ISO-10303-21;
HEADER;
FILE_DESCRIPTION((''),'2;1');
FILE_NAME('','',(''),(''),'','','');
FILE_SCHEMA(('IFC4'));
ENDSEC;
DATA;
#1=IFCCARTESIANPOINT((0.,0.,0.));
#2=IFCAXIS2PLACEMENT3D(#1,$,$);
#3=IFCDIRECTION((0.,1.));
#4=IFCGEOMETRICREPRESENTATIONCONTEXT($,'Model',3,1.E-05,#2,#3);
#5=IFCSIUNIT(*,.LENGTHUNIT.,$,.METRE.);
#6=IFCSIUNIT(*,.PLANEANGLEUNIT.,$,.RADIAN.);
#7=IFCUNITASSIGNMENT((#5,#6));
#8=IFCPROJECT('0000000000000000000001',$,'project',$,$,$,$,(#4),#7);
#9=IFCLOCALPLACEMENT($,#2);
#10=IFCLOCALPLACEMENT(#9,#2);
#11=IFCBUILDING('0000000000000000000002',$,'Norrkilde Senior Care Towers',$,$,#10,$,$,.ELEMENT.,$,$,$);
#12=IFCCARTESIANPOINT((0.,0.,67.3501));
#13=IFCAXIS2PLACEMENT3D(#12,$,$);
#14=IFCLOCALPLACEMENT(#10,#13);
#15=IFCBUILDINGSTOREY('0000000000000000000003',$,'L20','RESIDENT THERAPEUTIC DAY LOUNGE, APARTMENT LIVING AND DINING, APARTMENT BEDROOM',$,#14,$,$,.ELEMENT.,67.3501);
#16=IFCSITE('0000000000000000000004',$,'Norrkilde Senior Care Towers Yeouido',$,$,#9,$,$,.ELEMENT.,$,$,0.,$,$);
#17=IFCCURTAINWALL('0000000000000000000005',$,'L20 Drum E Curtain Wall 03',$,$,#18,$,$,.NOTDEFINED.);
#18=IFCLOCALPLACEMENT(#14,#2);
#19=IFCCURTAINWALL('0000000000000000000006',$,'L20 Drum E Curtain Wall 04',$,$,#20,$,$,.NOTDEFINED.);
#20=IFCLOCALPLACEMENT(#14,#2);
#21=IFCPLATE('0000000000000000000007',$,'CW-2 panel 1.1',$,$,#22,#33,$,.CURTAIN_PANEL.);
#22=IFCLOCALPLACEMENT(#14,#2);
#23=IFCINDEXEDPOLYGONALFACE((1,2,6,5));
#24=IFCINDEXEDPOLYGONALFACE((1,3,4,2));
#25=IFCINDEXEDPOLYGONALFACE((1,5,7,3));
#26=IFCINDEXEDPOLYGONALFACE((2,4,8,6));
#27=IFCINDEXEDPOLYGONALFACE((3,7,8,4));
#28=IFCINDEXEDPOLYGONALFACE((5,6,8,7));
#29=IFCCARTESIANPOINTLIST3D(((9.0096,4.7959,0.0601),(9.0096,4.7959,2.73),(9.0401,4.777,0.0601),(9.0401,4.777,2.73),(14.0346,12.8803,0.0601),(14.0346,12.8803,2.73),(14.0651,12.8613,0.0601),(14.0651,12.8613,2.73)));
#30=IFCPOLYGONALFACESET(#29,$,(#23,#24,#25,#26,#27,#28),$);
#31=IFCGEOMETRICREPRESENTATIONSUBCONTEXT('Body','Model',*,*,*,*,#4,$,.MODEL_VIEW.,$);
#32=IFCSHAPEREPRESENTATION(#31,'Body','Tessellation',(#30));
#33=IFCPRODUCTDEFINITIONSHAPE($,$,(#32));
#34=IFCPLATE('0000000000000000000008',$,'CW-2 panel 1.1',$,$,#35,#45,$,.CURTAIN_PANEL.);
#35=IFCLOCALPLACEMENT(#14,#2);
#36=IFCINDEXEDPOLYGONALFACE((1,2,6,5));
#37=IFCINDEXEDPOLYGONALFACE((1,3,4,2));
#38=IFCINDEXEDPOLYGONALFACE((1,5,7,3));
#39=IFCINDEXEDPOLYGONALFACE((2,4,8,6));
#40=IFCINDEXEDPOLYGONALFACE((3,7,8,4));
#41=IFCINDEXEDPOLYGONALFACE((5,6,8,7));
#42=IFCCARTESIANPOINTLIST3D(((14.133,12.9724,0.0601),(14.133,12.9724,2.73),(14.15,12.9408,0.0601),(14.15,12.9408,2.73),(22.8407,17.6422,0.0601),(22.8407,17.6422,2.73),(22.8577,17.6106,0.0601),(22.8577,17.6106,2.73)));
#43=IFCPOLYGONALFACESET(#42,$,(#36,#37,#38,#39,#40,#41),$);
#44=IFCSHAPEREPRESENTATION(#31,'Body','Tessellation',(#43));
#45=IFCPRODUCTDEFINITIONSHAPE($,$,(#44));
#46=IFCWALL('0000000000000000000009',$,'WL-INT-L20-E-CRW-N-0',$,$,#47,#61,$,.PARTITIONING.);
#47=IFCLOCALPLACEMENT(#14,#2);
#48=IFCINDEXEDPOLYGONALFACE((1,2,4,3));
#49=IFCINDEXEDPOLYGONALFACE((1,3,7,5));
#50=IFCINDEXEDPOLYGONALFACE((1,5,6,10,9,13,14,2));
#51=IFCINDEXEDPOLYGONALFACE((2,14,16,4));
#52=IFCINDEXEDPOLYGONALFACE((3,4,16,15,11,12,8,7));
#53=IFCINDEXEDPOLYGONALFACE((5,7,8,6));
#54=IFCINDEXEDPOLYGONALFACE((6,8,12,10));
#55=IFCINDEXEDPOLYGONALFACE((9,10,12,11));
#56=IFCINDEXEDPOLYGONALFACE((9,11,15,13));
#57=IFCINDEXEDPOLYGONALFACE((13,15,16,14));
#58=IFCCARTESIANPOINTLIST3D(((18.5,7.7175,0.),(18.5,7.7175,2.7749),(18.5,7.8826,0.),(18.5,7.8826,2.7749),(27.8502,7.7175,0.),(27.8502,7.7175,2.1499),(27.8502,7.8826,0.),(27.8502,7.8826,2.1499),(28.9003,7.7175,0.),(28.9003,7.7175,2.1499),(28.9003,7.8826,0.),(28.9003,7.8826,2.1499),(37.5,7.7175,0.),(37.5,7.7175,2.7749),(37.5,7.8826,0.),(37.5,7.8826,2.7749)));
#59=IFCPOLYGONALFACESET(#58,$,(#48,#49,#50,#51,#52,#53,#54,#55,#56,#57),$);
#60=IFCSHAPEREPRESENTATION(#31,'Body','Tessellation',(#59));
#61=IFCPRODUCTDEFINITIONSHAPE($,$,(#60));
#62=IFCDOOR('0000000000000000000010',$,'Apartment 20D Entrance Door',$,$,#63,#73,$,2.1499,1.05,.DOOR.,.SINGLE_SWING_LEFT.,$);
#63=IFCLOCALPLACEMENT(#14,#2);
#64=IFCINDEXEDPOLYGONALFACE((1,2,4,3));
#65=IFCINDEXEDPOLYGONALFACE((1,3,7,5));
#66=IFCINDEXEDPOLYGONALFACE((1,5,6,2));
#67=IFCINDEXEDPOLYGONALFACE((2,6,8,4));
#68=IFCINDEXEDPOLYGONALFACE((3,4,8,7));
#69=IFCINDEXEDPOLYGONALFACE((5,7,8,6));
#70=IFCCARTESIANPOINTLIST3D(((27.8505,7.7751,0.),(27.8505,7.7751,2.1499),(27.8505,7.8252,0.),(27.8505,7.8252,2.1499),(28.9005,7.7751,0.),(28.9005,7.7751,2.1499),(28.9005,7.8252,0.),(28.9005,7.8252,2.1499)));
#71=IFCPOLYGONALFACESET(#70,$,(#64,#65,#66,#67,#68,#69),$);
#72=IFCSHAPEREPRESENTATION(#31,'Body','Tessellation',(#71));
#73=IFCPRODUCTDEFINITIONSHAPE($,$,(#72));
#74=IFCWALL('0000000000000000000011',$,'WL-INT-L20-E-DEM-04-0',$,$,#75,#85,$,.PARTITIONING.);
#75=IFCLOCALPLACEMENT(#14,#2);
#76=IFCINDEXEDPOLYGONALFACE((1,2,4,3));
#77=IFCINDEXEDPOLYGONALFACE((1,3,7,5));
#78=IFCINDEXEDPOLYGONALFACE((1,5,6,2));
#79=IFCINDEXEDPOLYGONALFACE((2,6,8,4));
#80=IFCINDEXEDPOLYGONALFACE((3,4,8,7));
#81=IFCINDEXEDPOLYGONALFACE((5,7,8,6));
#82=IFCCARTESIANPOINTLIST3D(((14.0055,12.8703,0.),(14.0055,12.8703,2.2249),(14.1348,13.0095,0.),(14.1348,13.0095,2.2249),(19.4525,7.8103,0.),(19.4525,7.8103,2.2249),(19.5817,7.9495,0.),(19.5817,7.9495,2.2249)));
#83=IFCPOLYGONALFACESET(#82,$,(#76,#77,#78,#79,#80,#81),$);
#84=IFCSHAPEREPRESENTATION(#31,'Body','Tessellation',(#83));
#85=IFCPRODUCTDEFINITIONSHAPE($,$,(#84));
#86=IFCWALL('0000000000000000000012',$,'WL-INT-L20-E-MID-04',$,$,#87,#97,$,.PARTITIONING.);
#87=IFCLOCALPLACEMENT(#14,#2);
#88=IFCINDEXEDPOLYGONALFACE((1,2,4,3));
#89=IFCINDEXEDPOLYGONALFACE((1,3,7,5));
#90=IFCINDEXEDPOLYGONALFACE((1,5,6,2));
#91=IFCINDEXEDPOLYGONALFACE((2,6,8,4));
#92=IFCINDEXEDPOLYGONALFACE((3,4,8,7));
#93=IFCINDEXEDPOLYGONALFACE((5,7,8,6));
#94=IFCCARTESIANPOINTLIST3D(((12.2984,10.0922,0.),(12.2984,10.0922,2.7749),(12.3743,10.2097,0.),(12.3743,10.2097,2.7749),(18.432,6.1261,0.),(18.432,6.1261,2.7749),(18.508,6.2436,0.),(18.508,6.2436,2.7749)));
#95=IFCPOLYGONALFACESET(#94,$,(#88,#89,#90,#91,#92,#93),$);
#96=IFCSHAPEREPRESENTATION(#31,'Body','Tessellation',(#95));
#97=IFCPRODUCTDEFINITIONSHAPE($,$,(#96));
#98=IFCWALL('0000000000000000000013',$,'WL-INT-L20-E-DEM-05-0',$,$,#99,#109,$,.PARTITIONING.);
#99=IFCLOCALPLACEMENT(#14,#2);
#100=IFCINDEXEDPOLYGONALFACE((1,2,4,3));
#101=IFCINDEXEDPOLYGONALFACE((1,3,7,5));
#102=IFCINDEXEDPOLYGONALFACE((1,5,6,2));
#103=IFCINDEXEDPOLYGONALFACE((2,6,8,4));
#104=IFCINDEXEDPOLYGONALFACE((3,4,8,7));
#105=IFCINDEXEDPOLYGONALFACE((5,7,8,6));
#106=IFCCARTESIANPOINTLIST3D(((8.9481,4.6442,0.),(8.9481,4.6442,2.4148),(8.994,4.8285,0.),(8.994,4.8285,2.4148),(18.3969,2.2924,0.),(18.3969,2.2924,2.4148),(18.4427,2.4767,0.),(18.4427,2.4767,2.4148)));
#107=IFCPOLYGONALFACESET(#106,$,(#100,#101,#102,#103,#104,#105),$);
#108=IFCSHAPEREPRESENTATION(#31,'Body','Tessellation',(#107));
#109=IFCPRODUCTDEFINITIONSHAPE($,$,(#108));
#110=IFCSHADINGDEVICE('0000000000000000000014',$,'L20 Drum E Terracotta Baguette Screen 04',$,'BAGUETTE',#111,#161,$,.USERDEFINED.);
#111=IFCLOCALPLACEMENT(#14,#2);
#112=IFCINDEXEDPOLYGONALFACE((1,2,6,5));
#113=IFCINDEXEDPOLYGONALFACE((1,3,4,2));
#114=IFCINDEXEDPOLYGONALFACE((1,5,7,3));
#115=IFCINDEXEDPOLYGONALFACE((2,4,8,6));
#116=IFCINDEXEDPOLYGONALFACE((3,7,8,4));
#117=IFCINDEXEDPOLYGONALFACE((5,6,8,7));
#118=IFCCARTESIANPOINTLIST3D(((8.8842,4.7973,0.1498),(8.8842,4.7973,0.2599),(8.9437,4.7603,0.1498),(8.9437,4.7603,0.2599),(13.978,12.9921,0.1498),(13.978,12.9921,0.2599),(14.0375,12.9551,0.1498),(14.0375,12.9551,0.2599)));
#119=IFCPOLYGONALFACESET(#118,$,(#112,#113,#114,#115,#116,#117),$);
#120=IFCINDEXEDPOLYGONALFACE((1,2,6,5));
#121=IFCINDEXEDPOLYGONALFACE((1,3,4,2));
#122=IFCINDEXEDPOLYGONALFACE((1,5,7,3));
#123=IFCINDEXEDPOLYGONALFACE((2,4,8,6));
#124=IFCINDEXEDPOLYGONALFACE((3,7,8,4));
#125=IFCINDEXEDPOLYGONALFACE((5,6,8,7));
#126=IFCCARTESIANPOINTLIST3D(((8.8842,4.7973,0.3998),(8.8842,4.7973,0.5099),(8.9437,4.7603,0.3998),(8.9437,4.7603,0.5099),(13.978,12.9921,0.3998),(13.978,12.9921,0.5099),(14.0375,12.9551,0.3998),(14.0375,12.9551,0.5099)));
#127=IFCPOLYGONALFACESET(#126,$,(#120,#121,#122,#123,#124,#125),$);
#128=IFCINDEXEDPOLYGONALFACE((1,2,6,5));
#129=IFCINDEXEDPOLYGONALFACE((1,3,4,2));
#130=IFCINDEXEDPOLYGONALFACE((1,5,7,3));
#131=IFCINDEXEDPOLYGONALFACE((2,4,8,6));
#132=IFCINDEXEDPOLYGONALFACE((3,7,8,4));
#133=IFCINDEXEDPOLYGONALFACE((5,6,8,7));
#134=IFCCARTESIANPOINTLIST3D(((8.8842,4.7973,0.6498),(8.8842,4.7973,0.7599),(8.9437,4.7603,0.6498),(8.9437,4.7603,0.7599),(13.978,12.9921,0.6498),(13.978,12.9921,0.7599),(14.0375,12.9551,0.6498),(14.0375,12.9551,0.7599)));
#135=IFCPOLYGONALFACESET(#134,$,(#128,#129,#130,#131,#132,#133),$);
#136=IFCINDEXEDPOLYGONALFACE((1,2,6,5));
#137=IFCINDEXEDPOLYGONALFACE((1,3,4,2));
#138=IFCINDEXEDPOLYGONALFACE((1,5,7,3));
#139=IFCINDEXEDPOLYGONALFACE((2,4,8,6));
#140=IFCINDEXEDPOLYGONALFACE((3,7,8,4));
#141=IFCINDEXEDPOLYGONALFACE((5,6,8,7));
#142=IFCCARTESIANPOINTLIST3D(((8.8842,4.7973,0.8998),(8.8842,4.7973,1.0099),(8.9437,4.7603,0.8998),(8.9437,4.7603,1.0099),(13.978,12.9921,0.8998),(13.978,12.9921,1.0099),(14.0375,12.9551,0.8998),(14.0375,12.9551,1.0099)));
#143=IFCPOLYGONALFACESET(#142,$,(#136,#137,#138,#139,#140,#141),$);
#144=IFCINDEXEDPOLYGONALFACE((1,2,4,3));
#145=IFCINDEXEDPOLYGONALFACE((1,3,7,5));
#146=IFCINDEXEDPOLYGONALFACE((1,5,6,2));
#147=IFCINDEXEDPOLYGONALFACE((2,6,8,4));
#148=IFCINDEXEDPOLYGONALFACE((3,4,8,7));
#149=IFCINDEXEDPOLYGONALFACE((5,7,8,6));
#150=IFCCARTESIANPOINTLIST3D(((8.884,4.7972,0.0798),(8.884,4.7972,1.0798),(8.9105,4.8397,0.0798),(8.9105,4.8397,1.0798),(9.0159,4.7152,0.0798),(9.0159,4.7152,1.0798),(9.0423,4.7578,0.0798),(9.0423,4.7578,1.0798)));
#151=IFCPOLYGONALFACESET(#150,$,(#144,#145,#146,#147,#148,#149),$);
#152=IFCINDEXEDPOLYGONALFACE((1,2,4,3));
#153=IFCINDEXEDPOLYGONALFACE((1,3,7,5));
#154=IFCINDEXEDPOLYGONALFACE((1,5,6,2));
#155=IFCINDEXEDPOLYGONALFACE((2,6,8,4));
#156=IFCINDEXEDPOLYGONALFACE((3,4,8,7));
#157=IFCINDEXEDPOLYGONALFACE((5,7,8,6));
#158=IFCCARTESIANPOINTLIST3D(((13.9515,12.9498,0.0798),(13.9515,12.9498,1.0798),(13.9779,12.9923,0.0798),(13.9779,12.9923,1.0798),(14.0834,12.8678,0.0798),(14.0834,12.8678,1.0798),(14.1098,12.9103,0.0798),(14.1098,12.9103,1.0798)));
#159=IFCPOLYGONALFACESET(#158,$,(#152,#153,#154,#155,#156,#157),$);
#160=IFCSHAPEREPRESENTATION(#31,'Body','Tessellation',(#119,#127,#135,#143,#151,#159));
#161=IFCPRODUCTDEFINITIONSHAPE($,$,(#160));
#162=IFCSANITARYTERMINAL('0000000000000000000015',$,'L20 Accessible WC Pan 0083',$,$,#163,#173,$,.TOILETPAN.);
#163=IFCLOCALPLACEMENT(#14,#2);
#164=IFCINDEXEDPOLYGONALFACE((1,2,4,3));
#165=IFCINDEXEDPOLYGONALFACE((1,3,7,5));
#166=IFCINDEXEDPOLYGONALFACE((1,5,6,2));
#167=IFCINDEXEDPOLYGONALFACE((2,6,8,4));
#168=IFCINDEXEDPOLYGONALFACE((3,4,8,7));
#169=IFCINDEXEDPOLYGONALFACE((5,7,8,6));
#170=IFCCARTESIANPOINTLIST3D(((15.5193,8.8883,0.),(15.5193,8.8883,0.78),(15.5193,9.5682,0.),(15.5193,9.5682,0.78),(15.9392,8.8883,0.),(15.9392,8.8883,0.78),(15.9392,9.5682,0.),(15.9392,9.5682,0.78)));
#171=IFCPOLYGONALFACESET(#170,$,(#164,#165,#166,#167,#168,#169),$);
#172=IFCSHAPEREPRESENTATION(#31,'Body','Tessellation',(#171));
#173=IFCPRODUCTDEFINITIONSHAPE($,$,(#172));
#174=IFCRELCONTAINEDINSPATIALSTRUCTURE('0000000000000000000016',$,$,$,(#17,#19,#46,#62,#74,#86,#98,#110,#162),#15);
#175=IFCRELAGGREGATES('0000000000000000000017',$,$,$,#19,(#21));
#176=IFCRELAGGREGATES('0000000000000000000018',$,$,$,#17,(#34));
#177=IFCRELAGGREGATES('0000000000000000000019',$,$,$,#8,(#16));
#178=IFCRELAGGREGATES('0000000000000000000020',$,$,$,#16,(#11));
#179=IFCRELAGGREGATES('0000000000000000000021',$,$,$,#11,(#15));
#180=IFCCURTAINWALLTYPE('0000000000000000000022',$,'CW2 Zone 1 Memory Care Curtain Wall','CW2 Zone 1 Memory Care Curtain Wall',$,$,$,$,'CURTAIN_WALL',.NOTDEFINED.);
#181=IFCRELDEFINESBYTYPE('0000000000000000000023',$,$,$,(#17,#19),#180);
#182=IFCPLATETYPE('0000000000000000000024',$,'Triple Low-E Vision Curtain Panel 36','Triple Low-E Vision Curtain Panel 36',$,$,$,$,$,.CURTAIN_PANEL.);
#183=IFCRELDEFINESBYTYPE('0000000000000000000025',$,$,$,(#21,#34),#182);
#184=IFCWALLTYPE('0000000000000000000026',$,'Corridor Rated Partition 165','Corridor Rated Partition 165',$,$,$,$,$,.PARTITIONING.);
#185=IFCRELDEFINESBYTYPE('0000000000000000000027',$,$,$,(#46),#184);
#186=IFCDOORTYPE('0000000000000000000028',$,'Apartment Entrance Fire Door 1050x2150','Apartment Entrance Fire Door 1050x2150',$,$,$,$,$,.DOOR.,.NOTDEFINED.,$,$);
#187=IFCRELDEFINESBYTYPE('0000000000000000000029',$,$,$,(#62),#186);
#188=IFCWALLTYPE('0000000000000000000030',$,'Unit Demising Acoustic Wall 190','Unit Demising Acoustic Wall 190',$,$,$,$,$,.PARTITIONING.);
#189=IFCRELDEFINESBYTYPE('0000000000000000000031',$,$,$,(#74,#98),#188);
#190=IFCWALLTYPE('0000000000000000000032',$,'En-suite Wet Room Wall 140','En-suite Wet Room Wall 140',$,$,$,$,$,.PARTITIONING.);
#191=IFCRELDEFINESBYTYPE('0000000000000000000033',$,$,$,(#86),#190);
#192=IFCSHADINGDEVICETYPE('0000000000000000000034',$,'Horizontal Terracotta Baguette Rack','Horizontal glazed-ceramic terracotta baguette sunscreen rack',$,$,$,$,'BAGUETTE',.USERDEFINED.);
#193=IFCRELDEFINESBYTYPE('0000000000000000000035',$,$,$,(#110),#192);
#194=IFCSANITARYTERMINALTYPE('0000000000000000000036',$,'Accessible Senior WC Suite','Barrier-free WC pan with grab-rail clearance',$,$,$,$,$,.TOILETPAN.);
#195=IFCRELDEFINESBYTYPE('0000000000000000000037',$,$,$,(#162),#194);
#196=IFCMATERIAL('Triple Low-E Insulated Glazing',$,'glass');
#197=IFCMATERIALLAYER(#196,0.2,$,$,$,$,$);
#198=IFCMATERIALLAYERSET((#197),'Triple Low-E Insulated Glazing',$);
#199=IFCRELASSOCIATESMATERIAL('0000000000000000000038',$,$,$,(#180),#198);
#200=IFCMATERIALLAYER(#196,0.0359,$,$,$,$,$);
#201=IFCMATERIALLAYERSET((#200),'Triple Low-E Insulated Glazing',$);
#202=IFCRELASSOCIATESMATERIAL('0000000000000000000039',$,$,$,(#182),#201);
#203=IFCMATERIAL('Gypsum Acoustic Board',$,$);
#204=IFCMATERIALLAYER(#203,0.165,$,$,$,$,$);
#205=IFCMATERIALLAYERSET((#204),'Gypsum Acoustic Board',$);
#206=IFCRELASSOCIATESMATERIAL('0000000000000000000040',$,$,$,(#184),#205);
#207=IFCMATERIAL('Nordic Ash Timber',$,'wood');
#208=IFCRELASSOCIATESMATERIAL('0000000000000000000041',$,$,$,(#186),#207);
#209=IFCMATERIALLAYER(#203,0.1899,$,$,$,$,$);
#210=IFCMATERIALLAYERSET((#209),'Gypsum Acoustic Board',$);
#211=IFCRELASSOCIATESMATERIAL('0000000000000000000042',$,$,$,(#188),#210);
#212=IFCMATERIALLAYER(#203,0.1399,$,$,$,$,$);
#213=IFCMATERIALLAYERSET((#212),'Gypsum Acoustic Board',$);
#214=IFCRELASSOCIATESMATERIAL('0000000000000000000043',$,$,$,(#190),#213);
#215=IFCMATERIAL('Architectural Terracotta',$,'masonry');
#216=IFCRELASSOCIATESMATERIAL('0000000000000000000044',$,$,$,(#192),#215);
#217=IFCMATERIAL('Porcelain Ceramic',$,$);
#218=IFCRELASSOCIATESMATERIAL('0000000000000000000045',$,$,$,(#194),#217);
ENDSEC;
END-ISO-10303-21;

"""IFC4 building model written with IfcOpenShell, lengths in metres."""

from ifc_helpers import new_model, si_unit, direction, frame, frame_2d, origin, origin_2d, place, context, subcontext, project, spatial, rectangle, extrude, source, transform, mapped, material, layer, layer_set, type_object, type_shapes, element, fill, aggregate, save


model = new_model("IFC4")

# Units and contexts
model_context = context("Model", 3, precision=1e-05, world=origin(), true_north=direction((0.0, 1.0)))
body_context = subcontext(model_context, "Body", "Model", "MODEL_VIEW")
ifc_project = project(units=[si_unit("LENGTHUNIT", "METRE"), si_unit("PLANEANGLEUNIT", "RADIAN")], contexts=[model_context])

# Site, building, storey
site_placement = place(None, origin())
site = spatial("IfcSite", under=ifc_project, at=site_placement, Name="Norrkilde Senior Care Towers Yeouido", CompositionType="ELEMENT", RefElevation=0.0)
building_placement = place(site_placement, origin())
building = spatial("IfcBuilding", under=site, at=building_placement, Name="Norrkilde Senior Care Towers", CompositionType="ELEMENT")
storey_placement = place(building_placement, frame((0.0, 0.0, 67.3501)))
storey = spatial("IfcBuildingStorey", under=building, at=storey_placement, Name="L20", Description="RESIDENT THERAPEUTIC DAY LOUNGE, APARTMENT LIVING AND DINING, APARTMENT BEDROOM", CompositionType="ELEMENT", Elevation=67.3501)

# Curtain wall
ifc_material_1 = material(Name="Triple Low-E Insulated Glazing", Category="glass")
ifc_layer_1 = layer(ifc_material_1, 0.2)
ifc_layer_set_1 = layer_set([ifc_layer_1], Name="Triple Low-E Insulated Glazing")
curtain_wall_type = type_object("IfcCurtainWallType", Name="CW2 Zone 1 Memory Care Curtain Wall", Description="CW2 Zone 1 Memory Care Curtain Wall", ElementType="CURTAIN_WALL", PredefinedType="NOTDEFINED", material=ifc_layer_set_1)
curtain_wall_1_placement = place(storey_placement, origin())
curtain_wall_1 = element("IfcCurtainWall", 1, at=curtain_wall_1_placement, inside=storey, type_object=curtain_wall_type, Name="L20 Drum E Curtain Wall 03", PredefinedType="NOTDEFINED")

# Curtain wall
curtain_wall_2_placement = place(storey_placement, origin())
curtain_wall_2 = element("IfcCurtainWall", 2, at=curtain_wall_2_placement, inside=storey, type_object=curtain_wall_type, Name="L20 Drum E Curtain Wall 04", PredefinedType="NOTDEFINED")

# Plates
ifc_layer_2 = layer(ifc_material_1, 0.0359)
ifc_layer_set_2 = layer_set([ifc_layer_2], Name="Triple Low-E Insulated Glazing")
plate_type = type_object("IfcPlateType", Name="Triple Low-E Vision Curtain Panel 36", Description="Triple Low-E Vision Curtain Panel 36", PredefinedType="CURTAIN_PANEL", material=ifc_layer_set_2)
shared_shape_1 = source(origin(), body_context, "Body", "SweptSolid", [
    extrude(rectangle(XDim=9.5188, YDim=0.0359, at=origin_2d()), origin(), (0.0, 0.0, 1.0), 2.6699),
])
plate_1_placement = place(storey_placement, frame((11.5374, 8.8286, 0.0601), z_axis=(0.0, 0.0, 1.0), x_axis=(0.527901, 0.849306, 0.0)))
plate_1 = element("IfcPlate", 3, at=plate_1_placement, type_object=plate_type, Name="CW-2 panel 1.1", PredefinedType="CURTAIN_PANEL", context=body_context, shape_type="MappedRepresentation", body=[
    mapped(shared_shape_1, transform((0.0, 0.0, 0.0), x_axis=(1.0, 0.0, 0.0), y_axis=(0.0, 1.0, 0.0), z_axis=(0.0, 0.0, 1.0), scale=1.0)),
])
aggregate(curtain_wall_2, [plate_1])
shared_shape_2 = source(origin(), body_context, "Body", "SweptSolid", [
    extrude(rectangle(XDim=9.8809, YDim=0.0359, at=origin_2d()), origin(), (0.0, 0.0, 1.0), 2.6699),
])
type_shapes(plate_type, [shared_shape_1, shared_shape_2])
plate_2_placement = place(storey_placement, frame((18.4954, 15.2915, 0.0601), z_axis=(0.0, 0.0, 1.0), x_axis=(0.881273, 0.472608, 0.0)))
plate_2 = element("IfcPlate", 4, at=plate_2_placement, type_object=plate_type, Name="CW-2 panel 1.1", PredefinedType="CURTAIN_PANEL", context=body_context, shape_type="MappedRepresentation", body=[
    mapped(shared_shape_2, transform((0.0, 0.0, 0.0), x_axis=(1.0, 0.0, 0.0), y_axis=(0.0, 1.0, 0.0), z_axis=(0.0, 0.0, 1.0), scale=1.0)),
])
aggregate(curtain_wall_1, [plate_2])

# Wall, opening, door
ifc_material_2 = material(Name="Gypsum Acoustic Board")
ifc_layer_3 = layer(ifc_material_2, 0.165)
ifc_layer_set_3 = layer_set([ifc_layer_3], Name="Gypsum Acoustic Board")
wall_type_1 = type_object("IfcWallType", Name="Corridor Rated Partition 165", Description="Corridor Rated Partition 165", PredefinedType="PARTITIONING", material=ifc_layer_set_3)
shared_shape_3 = source(origin(), body_context, "Body", "SweptSolid", [
    extrude(rectangle(XDim=19.0, YDim=0.165, at=frame_2d((9.5, 0.0))), origin(), (0.0, 0.0, 1.0), 2.7749),
])
type_shapes(wall_type_1, [shared_shape_3])
wall_1_placement = place(storey_placement, frame((18.5, 7.8, 0.0), z_axis=(0.0, 0.0, 1.0), x_axis=(1.0, 0.0, 0.0)))
wall_1 = element("IfcWall", 5, at=wall_1_placement, inside=storey, type_object=wall_type_1, Name="WL-INT-L20-E-CRW-N-0", PredefinedType="PARTITIONING", context=body_context, shape_type="MappedRepresentation", body=[
    mapped(shared_shape_3, transform((0.0, 0.0, 0.0), x_axis=(1.0, 0.0, 0.0), y_axis=(0.0, 1.0, 0.0), z_axis=(0.0, 0.0, 1.0), scale=1.0)),
])
opening_placement = place(wall_1_placement, frame((9.3503, 0.0, 0.0)))
opening = element("IfcOpeningElement", 6, at=opening_placement, cuts=wall_1, PredefinedType="OPENING", context=body_context, shape_type="SweptSolid", body=[
    extrude(rectangle(XDim=1.05, YDim=2.1499, at=frame_2d((0.5249, 1.075))), frame((0.0, 0.0925, 0.0), z_axis=(0.0, -1.0, 0.0), x_axis=(1.0, 0.0, 0.0)), (0.0, 0.0, 1.0), 0.1851),
])
ifc_material_3 = material(Name="Nordic Ash Timber", Category="wood")
door_type = type_object("IfcDoorType", Name="Apartment Entrance Fire Door 1050x2150", Description="Apartment Entrance Fire Door 1050x2150", OperationType="NOTDEFINED", PredefinedType="DOOR", material=ifc_material_3)
shared_shape_4 = source(origin(), body_context, "Body", "SweptSolid", [
    extrude(rectangle(XDim=1.05, YDim=2.1499, at=frame_2d((0.5249, 1.075))), frame((0.0, 0.0249, 0.0), z_axis=(0.0, -1.0, 0.0), x_axis=(1.0, 0.0, 0.0)), (0.0, 0.0, 1.0), 0.05),
])
type_shapes(door_type, [shared_shape_4])
door_placement = place(opening_placement, frame((1.05, 0.0, 0.0), z_axis=(0.0, 0.0, 1.0), x_axis=(-1.0, 0.0, 0.0)))
door = element("IfcDoor", 7, at=door_placement, inside=storey, type_object=door_type, Name="Apartment 20D Entrance Door", OperationType="SINGLE_SWING_LEFT", OverallHeight=2.1499, OverallWidth=1.05, PredefinedType="DOOR", context=body_context, shape_type="MappedRepresentation", body=[
    mapped(shared_shape_4, transform((0.0, 0.0, 0.0), x_axis=(1.0, 0.0, 0.0), y_axis=(0.0, 1.0, 0.0), z_axis=(0.0, 0.0, 1.0), scale=1.0)),
])
fill(opening, door)

# Walls
ifc_layer_4 = layer(ifc_material_2, 0.1899)
ifc_layer_set_4 = layer_set([ifc_layer_4], Name="Gypsum Acoustic Board")
wall_type_2 = type_object("IfcWallType", Name="Unit Demising Acoustic Wall 190", Description="Unit Demising Acoustic Wall 190", PredefinedType="PARTITIONING", material=ifc_layer_set_4)
shared_shape_5 = source(origin(), body_context, "Body", "SweptSolid", [
    extrude(rectangle(XDim=7.4346, YDim=0.1899, at=frame_2d((3.7173, 0.0))), origin(), (0.0, 0.0, 1.0), 2.2249),
])
wall_2_placement = place(storey_placement, frame((19.5171, 7.8799, 0.0), z_axis=(0.0, 0.0, 1.0), x_axis=(-0.732652, 0.680603, 0.0)))
element("IfcWall", 8, at=wall_2_placement, inside=storey, type_object=wall_type_2, Name="WL-INT-L20-E-DEM-04-0", PredefinedType="PARTITIONING", context=body_context, shape_type="MappedRepresentation", body=[
    mapped(shared_shape_5, transform((0.0, 0.0, 0.0), x_axis=(1.0, 0.0, 0.0), y_axis=(0.0, 1.0, 0.0), z_axis=(0.0, 0.0, 1.0), scale=1.0)),
])
ifc_layer_5 = layer(ifc_material_2, 0.1399)
ifc_layer_set_5 = layer_set([ifc_layer_5], Name="Gypsum Acoustic Board")
wall_type_3 = type_object("IfcWallType", Name="En-suite Wet Room Wall 140", Description="En-suite Wet Room Wall 140", PredefinedType="PARTITIONING", material=ifc_layer_set_5)
shared_shape_6 = source(origin(), body_context, "Body", "SweptSolid", [
    extrude(rectangle(XDim=7.3042, YDim=0.1399, at=frame_2d((3.6521, 0.0))), origin(), (0.0, 0.0, 1.0), 2.7749),
])
type_shapes(wall_type_3, [shared_shape_6])
wall_3_placement = place(storey_placement, frame((18.47, 6.1848, 0.0), z_axis=(0.0, 0.0, 1.0), x_axis=(-0.839739, 0.542991, 0.0)))
element("IfcWall", 9, at=wall_3_placement, inside=storey, type_object=wall_type_3, Name="WL-INT-L20-E-MID-04", PredefinedType="PARTITIONING", context=body_context, shape_type="MappedRepresentation", body=[
    mapped(shared_shape_6, transform((0.0, 0.0, 0.0), x_axis=(1.0, 0.0, 0.0), y_axis=(0.0, 1.0, 0.0), z_axis=(0.0, 0.0, 1.0), scale=1.0)),
])
shared_shape_7 = source(origin(), body_context, "Body", "SweptSolid", [
    extrude(rectangle(XDim=9.7371, YDim=0.1899, at=frame_2d((4.8687, 0.0))), origin(), (0.0, 0.0, 1.0), 2.4148),
])
type_shapes(wall_type_2, [shared_shape_5, shared_shape_7])
wall_4_placement = place(storey_placement, frame((18.4199, 2.3845, 0.0), z_axis=(0.0, 0.0, 1.0), x_axis=(-0.970393, 0.241533, 0.0)))
element("IfcWall", 10, at=wall_4_placement, inside=storey, type_object=wall_type_2, Name="WL-INT-L20-E-DEM-05-0", PredefinedType="PARTITIONING", context=body_context, shape_type="MappedRepresentation", body=[
    mapped(shared_shape_7, transform((0.0, 0.0, 0.0), x_axis=(1.0, 0.0, 0.0), y_axis=(0.0, 1.0, 0.0), z_axis=(0.0, 0.0, 1.0), scale=1.0)),
])

# Shading device
ifc_material_4 = material(Name="Architectural Terracotta", Category="masonry")
shading_device_type = type_object("IfcShadingDeviceType", Name="Horizontal Terracotta Baguette Rack", Description="Horizontal glazed-ceramic terracotta baguette sunscreen rack", ElementType="BAGUETTE", PredefinedType="USERDEFINED", material=ifc_material_4)
shared_shape_8 = source(origin(), body_context, "Body", "SweptSolid", [
    extrude(rectangle(XDim=0.0701, YDim=0.1101, at=origin_2d()), frame((0.0, 0.0901, 0.125), z_axis=(1.0, 0.0, 0.0), x_axis=(0.0, 1.0, 0.0)), (0.0, 0.0, 1.0), 9.6489),
    extrude(rectangle(XDim=0.0701, YDim=0.1101, at=origin_2d()), frame((0.0, 0.0901, 0.375), z_axis=(1.0, 0.0, 0.0), x_axis=(0.0, 1.0, 0.0)), (0.0, 0.0, 1.0), 9.6489),
    extrude(rectangle(XDim=0.0701, YDim=0.1101, at=origin_2d()), frame((0.0, 0.0901, 0.625), z_axis=(1.0, 0.0, 0.0), x_axis=(0.0, 1.0, 0.0)), (0.0, 0.0, 1.0), 9.6489),
    extrude(rectangle(XDim=0.0701, YDim=0.1101, at=origin_2d()), frame((0.0, 0.0901, 0.875), z_axis=(1.0, 0.0, 0.0), x_axis=(0.0, 1.0, 0.0)), (0.0, 0.0, 1.0), 9.6489),
    extrude(rectangle(XDim=0.05, YDim=0.1553, at=origin_2d()), frame((0.0249, 0.0476, 0.0)), (0.0, 0.0, 1.0), 1.0),
    extrude(rectangle(XDim=0.05, YDim=0.1553, at=origin_2d()), frame((9.624, 0.0476, 0.0)), (0.0, 0.0, 1.0), 1.0),
])
type_shapes(shading_device_type, [shared_shape_8])
shading_device_placement = place(storey_placement, frame((8.9905, 4.7312, 0.0798), z_axis=(0.0, 0.0, 1.0), x_axis=(0.527909, 0.849299, 0.0)))
element("IfcShadingDevice", 11, at=shading_device_placement, inside=storey, type_object=shading_device_type, Name="L20 Drum E Terracotta Baguette Screen 04", ObjectType="BAGUETTE", PredefinedType="USERDEFINED", context=body_context, shape_type="MappedRepresentation", body=[
    mapped(shared_shape_8, transform((0.0, 0.0, 0.0), x_axis=(1.0, 0.0, 0.0), y_axis=(0.0, 1.0, 0.0), z_axis=(0.0, 0.0, 1.0), scale=1.0)),
])

# Sanitary terminal
ifc_material_5 = material(Name="Porcelain Ceramic")
sanitary_terminal_type_1 = type_object("IfcSanitaryTerminalType", Name="Accessible Senior WC Suite", Description="Barrier-free WC pan with grab-rail clearance", PredefinedType="TOILETPAN", material=ifc_material_5)
shared_shape_9 = source(origin(), body_context, "Body", "SweptSolid", [
    extrude(rectangle(XDim=0.4199, YDim=0.6799, at=origin_2d()), origin(), (0.0, 0.0, 1.0), 0.78),
])
type_shapes(sanitary_terminal_type_1, [shared_shape_9])
for number, where, z_axis, x_axis, name in (
    (12, (15.7292, 9.2283, 0.0), (0.0, 0.0, 1.0), (1.0, 0.0, 0.0), "L20 Accessible WC Pan 0083"),
):
    element("IfcSanitaryTerminal", number, at=place(storey_placement, frame(where, z_axis=z_axis, x_axis=x_axis)), inside=storey, type_object=sanitary_terminal_type_1, Name=name, PredefinedType="TOILETPAN", context=body_context, shape_type="MappedRepresentation", body=[
        mapped(shared_shape_9, transform((0.0, 0.0, 0.0), x_axis=(1.0, 0.0, 0.0), y_axis=(0.0, 1.0, 0.0), z_axis=(0.0, 0.0, 1.0), scale=1.0)),
    ])

save(model, "model.ifc")
